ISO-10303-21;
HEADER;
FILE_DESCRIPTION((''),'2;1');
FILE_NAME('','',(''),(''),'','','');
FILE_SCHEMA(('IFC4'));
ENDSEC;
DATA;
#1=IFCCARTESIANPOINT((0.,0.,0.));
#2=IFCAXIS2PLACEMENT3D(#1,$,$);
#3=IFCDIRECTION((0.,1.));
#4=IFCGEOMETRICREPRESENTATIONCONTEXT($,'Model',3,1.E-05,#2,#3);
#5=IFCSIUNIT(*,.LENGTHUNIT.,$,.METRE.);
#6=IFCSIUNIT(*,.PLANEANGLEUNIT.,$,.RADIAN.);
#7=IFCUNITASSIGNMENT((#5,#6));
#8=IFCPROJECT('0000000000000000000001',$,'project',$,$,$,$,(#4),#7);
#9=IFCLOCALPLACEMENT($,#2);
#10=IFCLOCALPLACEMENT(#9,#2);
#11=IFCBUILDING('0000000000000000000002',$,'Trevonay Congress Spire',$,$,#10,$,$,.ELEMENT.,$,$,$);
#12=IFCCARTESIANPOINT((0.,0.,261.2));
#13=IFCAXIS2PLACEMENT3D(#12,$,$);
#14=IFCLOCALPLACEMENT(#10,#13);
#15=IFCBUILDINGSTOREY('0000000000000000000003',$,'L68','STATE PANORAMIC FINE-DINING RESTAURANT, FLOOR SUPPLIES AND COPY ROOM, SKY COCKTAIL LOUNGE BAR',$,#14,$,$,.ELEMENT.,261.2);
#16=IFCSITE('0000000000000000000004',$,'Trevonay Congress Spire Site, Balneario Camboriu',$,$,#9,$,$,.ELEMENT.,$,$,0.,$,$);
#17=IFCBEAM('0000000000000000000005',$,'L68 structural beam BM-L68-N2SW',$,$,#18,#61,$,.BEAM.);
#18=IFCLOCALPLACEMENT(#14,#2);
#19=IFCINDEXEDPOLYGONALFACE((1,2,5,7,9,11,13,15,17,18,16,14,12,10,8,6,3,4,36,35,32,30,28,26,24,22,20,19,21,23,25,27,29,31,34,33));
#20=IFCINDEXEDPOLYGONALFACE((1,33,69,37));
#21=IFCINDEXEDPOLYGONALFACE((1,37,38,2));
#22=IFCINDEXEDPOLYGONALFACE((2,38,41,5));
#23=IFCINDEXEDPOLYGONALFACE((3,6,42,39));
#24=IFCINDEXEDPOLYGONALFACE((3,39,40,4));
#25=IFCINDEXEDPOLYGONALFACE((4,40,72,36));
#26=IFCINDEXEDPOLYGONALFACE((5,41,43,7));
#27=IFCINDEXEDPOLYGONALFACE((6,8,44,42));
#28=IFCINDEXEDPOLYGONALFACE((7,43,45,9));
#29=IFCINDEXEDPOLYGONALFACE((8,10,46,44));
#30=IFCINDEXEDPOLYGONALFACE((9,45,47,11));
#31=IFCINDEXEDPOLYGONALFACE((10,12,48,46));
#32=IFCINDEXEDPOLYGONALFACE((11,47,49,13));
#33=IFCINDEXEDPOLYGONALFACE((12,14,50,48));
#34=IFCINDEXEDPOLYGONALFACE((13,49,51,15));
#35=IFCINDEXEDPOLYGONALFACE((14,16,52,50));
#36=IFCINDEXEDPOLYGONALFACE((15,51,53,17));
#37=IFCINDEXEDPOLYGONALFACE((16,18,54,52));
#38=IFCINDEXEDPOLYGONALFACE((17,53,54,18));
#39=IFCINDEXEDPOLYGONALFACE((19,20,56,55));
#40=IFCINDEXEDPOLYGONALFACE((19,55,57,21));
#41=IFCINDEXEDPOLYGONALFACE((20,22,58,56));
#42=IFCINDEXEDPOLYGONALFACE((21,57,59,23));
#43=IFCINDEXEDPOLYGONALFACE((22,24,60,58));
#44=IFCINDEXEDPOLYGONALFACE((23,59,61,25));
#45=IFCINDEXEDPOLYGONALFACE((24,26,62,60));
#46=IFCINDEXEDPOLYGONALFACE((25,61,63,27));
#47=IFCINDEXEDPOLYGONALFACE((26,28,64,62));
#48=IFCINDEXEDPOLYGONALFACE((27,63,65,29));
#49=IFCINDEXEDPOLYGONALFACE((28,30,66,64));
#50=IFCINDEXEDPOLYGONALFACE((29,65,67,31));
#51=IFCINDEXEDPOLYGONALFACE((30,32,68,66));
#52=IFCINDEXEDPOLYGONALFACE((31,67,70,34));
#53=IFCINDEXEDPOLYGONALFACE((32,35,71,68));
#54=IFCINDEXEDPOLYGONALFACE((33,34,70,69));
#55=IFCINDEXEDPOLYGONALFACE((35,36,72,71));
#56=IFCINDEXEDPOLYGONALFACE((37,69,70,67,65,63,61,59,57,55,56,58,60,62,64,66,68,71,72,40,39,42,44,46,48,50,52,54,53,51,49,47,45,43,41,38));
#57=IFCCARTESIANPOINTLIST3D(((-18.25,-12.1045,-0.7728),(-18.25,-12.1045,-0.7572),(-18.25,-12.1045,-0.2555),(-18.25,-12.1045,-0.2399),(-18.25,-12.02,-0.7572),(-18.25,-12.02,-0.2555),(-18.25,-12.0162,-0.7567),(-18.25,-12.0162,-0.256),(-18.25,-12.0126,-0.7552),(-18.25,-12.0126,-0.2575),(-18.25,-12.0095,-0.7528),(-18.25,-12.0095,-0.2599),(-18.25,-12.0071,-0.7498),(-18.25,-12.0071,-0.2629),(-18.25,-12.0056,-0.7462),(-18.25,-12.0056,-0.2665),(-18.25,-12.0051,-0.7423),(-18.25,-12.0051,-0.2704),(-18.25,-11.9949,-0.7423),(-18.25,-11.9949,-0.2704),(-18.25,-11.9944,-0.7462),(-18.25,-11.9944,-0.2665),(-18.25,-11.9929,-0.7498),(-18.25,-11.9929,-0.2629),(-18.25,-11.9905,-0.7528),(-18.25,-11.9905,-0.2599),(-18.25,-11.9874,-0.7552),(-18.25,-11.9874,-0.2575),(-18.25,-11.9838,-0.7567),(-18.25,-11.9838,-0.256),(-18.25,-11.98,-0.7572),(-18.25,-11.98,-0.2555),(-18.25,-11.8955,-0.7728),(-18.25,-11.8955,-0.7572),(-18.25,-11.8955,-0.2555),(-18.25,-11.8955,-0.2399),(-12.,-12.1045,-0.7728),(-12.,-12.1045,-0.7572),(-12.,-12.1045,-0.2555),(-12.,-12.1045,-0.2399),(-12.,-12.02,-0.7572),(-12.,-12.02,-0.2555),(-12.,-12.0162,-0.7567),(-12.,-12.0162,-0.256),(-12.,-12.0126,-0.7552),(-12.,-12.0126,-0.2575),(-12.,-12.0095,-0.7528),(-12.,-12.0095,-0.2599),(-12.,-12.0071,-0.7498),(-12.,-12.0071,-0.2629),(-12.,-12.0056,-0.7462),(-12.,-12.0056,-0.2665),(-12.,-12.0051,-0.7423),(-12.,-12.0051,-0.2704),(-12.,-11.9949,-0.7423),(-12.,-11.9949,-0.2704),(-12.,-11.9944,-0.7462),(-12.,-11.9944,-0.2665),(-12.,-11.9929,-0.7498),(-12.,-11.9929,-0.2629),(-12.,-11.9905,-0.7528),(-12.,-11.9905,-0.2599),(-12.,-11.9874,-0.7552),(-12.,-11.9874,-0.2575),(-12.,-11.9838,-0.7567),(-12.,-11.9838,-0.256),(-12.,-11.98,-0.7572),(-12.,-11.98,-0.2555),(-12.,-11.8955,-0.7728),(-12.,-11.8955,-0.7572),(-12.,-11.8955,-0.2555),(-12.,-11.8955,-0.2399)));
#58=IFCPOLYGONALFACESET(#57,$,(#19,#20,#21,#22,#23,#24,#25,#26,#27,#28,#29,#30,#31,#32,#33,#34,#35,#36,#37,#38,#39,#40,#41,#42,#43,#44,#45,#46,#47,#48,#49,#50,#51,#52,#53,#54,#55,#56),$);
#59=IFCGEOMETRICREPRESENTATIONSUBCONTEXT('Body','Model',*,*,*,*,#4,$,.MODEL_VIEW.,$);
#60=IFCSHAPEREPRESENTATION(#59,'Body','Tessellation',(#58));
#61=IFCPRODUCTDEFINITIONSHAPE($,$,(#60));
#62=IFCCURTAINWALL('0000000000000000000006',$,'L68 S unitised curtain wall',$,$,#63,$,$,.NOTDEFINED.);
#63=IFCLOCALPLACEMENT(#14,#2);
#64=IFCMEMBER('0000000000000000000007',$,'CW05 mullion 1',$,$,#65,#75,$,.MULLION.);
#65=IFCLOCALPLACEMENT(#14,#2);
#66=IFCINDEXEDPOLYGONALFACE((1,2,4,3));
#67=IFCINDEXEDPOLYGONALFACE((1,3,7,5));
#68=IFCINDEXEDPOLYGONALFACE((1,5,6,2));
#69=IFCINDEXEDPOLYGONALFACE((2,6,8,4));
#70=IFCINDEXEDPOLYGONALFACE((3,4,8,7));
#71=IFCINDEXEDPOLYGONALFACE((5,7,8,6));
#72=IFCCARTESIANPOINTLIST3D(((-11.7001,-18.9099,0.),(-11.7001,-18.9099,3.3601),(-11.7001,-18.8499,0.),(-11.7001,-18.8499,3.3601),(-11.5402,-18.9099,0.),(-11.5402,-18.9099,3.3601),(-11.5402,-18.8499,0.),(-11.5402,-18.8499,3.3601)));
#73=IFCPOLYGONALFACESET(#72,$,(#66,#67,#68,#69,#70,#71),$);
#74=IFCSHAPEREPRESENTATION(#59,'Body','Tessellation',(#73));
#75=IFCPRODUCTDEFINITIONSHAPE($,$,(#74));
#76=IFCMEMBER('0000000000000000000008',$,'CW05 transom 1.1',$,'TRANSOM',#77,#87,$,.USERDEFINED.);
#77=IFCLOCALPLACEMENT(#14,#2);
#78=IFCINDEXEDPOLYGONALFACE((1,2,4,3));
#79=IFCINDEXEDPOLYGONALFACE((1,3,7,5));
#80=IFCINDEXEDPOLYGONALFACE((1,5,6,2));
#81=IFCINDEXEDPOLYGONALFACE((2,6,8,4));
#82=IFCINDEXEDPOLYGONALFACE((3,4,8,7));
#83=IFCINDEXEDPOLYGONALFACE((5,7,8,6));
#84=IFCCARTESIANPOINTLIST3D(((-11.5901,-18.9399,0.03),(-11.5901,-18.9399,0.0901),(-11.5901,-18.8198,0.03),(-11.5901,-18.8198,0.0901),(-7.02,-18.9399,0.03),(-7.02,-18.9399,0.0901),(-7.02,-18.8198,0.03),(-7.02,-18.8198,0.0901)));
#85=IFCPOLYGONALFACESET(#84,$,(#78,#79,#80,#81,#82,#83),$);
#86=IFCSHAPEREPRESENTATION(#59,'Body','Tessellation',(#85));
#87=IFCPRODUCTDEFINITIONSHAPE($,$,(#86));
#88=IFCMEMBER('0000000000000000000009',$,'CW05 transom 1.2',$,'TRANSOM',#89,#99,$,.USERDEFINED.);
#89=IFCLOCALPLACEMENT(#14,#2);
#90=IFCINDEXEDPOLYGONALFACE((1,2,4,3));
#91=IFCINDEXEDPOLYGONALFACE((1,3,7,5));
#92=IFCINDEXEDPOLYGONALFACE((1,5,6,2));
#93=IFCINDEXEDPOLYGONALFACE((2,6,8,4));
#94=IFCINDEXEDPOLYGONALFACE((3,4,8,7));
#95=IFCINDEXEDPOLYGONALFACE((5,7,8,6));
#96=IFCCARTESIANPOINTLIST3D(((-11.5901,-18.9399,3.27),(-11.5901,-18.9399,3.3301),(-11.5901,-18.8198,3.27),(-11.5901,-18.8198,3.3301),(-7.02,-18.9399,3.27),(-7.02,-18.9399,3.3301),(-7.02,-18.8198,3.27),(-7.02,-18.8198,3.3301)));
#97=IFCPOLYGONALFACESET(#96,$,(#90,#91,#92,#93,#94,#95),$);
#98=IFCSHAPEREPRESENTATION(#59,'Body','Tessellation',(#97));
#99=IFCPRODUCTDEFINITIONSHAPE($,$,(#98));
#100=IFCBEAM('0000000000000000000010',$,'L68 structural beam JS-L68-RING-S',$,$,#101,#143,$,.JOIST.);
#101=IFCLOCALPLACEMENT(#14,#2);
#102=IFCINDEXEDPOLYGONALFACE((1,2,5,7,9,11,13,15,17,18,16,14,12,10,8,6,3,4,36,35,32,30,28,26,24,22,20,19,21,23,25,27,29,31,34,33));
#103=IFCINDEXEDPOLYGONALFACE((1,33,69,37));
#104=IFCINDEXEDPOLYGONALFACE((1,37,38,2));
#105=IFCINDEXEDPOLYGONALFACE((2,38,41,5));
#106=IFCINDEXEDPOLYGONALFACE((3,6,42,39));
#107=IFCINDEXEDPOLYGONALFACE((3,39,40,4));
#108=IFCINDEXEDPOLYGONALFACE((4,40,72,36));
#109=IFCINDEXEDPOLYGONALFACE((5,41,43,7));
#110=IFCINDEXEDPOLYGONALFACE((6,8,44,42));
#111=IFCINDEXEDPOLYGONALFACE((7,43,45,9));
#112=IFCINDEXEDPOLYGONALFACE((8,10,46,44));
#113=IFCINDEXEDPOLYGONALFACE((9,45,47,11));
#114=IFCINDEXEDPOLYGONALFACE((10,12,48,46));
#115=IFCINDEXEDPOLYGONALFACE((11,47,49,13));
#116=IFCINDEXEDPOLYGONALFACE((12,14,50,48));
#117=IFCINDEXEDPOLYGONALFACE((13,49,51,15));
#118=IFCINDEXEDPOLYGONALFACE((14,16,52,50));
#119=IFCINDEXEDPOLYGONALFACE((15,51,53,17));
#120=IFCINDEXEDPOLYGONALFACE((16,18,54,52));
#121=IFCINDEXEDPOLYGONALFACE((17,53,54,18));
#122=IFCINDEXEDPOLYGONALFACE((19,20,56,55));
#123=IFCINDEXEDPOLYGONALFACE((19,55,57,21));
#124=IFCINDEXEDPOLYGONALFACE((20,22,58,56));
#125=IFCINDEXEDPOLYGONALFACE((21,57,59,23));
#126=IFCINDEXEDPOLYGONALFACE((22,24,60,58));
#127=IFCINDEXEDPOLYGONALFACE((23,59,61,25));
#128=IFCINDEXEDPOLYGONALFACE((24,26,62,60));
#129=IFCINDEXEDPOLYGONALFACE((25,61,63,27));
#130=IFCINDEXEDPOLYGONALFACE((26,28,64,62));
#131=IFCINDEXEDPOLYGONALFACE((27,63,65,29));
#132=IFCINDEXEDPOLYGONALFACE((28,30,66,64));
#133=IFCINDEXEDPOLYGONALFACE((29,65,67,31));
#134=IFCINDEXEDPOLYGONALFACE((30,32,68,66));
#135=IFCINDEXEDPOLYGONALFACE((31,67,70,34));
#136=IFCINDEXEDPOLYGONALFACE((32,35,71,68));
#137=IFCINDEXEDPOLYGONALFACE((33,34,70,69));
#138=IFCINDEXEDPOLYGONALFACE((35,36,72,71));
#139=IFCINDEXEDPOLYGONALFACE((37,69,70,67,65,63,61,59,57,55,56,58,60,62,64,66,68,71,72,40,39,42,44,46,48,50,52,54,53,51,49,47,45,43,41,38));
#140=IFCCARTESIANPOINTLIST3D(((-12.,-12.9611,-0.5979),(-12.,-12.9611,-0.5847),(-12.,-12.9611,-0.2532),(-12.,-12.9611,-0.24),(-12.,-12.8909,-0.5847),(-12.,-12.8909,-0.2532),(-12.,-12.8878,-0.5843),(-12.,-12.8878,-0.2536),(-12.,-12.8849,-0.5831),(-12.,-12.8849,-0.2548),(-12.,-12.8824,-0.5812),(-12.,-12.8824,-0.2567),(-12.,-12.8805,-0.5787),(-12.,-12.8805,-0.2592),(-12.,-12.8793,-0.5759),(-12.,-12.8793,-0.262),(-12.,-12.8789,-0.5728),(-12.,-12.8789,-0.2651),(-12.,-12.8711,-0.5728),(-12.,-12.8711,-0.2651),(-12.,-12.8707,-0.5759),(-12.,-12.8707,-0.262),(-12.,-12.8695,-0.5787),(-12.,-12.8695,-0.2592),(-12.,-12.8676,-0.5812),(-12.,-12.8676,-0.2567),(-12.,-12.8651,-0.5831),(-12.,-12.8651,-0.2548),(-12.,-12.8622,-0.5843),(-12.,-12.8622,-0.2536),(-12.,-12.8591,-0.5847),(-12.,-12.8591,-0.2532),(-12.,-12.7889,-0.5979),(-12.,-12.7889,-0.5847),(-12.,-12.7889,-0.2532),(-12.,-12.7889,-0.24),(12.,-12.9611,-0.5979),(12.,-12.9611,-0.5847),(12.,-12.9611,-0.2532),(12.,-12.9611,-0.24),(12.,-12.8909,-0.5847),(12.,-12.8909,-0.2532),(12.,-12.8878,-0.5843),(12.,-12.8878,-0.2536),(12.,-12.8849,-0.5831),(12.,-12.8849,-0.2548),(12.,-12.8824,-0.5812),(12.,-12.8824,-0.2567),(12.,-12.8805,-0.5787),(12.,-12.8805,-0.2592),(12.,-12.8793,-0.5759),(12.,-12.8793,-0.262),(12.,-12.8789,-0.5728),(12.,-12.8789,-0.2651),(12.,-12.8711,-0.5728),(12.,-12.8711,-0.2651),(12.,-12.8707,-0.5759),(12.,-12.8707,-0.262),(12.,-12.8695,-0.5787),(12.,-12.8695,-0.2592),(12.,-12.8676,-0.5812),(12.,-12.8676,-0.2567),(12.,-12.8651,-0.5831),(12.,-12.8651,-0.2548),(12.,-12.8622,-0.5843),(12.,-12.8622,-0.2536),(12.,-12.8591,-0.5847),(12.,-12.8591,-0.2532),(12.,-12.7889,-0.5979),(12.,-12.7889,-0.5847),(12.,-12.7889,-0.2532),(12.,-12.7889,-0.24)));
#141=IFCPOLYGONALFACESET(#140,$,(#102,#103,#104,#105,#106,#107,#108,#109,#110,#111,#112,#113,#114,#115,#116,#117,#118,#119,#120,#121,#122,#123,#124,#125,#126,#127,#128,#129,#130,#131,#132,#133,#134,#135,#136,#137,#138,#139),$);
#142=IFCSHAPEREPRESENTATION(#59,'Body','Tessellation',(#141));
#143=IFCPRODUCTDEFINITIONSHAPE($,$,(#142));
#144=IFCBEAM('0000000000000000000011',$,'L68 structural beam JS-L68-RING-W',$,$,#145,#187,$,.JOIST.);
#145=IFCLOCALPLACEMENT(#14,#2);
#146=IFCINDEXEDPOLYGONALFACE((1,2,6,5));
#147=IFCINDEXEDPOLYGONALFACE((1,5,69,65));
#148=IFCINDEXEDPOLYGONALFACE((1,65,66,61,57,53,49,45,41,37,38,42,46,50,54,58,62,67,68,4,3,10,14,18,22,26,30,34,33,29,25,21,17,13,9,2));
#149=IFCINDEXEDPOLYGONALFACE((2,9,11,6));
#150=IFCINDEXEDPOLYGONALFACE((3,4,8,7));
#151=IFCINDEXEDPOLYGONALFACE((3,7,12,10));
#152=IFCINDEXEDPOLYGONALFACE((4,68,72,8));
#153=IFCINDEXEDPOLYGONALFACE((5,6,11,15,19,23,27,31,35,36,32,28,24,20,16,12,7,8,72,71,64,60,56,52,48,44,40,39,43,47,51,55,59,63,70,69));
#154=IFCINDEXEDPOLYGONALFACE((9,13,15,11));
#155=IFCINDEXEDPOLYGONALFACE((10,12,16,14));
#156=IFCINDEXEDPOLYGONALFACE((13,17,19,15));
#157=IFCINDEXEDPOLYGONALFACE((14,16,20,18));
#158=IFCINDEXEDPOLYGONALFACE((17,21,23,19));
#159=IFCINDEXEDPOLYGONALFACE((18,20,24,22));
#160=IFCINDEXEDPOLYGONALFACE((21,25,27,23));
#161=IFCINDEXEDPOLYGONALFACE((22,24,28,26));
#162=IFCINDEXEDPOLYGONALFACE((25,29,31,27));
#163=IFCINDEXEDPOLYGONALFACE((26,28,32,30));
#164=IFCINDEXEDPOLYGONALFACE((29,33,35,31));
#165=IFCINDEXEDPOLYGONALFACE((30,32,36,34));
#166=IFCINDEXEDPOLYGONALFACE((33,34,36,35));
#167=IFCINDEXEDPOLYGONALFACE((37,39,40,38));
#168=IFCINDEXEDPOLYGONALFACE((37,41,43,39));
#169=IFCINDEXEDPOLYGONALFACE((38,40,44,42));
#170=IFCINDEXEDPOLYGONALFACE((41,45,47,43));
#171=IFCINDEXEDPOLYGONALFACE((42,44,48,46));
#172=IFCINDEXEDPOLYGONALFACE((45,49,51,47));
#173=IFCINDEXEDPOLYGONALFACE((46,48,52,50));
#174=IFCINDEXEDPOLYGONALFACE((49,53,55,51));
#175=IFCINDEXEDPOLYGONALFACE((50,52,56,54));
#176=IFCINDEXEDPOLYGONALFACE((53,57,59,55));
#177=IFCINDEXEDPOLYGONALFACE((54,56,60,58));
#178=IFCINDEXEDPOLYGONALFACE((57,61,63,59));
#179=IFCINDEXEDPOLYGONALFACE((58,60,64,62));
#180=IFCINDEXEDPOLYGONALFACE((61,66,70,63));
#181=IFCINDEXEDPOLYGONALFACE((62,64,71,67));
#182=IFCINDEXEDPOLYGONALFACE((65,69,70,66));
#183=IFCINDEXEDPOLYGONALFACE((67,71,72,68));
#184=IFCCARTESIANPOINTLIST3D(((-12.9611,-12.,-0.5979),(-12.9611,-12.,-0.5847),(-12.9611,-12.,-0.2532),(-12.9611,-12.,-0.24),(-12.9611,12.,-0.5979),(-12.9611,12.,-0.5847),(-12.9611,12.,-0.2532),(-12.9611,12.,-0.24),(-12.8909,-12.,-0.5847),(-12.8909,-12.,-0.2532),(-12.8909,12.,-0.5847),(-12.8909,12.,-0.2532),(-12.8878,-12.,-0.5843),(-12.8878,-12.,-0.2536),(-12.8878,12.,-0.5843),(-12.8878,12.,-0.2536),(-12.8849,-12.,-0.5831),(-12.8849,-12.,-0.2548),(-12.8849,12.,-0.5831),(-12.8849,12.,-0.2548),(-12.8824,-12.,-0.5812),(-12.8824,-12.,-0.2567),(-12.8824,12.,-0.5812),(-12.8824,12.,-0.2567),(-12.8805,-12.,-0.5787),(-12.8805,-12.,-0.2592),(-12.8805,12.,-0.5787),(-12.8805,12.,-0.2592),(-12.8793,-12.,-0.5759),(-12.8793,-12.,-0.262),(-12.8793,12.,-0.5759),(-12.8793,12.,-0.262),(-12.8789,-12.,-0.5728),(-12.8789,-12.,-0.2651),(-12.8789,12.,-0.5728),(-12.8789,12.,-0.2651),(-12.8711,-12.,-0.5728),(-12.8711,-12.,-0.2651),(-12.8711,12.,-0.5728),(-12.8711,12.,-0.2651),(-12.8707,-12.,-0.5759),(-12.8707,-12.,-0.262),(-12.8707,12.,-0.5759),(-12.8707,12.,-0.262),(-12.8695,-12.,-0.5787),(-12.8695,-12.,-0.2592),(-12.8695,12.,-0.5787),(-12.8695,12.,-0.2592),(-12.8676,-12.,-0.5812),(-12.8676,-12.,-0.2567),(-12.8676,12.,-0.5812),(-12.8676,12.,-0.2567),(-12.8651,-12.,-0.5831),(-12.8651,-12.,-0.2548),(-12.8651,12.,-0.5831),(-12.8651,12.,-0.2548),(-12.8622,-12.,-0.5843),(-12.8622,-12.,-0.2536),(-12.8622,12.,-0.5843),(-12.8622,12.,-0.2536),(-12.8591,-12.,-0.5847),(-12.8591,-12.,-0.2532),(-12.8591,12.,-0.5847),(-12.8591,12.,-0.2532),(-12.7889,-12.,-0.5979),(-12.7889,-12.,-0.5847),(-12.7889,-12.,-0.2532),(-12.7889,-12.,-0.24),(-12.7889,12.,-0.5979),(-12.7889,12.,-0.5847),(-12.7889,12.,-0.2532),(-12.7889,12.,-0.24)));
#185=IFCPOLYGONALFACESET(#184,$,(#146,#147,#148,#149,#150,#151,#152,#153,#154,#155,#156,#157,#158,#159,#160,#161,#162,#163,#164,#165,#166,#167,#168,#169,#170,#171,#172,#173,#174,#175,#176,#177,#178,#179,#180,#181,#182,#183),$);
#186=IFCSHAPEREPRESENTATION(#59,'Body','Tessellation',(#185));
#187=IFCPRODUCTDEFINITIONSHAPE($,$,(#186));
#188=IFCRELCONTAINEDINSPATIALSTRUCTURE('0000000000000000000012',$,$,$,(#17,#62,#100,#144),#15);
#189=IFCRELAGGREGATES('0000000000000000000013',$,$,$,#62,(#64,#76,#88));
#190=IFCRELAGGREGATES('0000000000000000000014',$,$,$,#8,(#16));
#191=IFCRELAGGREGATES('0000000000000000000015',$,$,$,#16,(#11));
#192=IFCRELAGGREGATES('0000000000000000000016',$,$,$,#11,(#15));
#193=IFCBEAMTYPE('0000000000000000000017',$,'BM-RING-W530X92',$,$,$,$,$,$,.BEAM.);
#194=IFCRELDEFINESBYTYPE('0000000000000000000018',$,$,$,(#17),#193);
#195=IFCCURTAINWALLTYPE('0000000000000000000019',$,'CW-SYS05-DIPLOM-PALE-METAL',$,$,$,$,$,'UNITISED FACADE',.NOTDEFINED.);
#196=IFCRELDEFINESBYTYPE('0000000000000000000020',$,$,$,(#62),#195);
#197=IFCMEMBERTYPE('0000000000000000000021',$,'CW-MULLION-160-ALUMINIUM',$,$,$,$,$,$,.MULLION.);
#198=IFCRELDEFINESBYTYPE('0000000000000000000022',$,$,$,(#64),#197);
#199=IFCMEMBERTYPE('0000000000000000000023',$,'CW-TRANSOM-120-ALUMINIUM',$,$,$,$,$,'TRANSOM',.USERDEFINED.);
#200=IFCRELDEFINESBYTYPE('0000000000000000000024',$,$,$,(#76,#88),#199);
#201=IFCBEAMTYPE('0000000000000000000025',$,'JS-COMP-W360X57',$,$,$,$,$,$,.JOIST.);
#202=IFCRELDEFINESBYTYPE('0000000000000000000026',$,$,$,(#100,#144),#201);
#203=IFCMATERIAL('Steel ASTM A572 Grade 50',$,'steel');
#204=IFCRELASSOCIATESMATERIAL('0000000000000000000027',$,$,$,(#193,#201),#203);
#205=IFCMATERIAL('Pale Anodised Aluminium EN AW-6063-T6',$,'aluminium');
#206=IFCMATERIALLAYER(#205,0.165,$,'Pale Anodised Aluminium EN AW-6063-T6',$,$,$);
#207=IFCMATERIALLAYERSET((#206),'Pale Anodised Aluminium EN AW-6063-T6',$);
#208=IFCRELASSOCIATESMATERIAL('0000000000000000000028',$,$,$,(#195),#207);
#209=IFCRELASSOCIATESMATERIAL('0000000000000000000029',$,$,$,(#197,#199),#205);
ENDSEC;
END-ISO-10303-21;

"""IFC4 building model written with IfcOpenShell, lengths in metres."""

from ifc_helpers import new_model, si_unit, direction, frame, origin, origin_2d, place, context, subcontext, project, spatial, rectangle, i_section, extrude, material, layer, layer_set, material_profile, profile_set, type_object, element, aggregate, save


model = new_model("IFC4")

# Units and contexts
model_context = context("Model", 3, precision=1e-05, world=origin(), true_north=direction((0.0, 1.0)))
body_context = subcontext(model_context, "Body", "Model", "MODEL_VIEW")
ifc_project = project(units=[si_unit("LENGTHUNIT", "METRE"), si_unit("PLANEANGLEUNIT", "RADIAN")], contexts=[model_context])

# Site, building, storey
site_placement = place(None, origin())
site = spatial("IfcSite", under=ifc_project, at=site_placement, Name="Trevonay Congress Spire Site, Balneario Camboriu", CompositionType="ELEMENT", RefElevation=0.0)
building_placement = place(site_placement, origin())
building = spatial("IfcBuilding", under=site, at=building_placement, Name="Trevonay Congress Spire", CompositionType="ELEMENT")
storey_placement = place(building_placement, frame((0.0, 0.0, 261.2)))
storey = spatial("IfcBuildingStorey", under=building, at=storey_placement, Name="L68", Description="STATE PANORAMIC FINE-DINING RESTAURANT, FLOOR SUPPLIES AND COPY ROOM, SKY COCKTAIL LOUNGE BAR", CompositionType="ELEMENT", Elevation=261.2)

# Shared definitions
ifc_material_1 = material(Name="Steel ASTM A572 Grade 50", Category="steel")

# Beam
ifc_material_profile_1 = material_profile(ifc_material_1, i_section(OverallWidth=0.209, OverallDepth=0.533, WebThickness=0.0103, FlangeThickness=0.0156, FilletRadius=0.0149, at=origin_2d()), Name="W530x92")
ifc_profile_set_1 = profile_set([ifc_material_profile_1], Name="Steel ASTM A572 Grade 50")
beam_type_1 = type_object("IfcBeamType", Name="BM-RING-W530X92", PredefinedType="BEAM", material=ifc_profile_set_1)
for number, where, z_axis, x_axis, name in (
    (1, (-18.25, -12.0, -0.5063), (1.0, 0.0, 0.0), (0.0, 1.0, 0.0), "L68 structural beam BM-L68-N2SW"),
):
    element("IfcBeam", number, at=place(storey_placement, frame(where, z_axis=z_axis, x_axis=x_axis)), inside=storey, type_object=beam_type_1, Name=name, PredefinedType="BEAM", context=body_context, shape_type="SweptSolid", body=[
        extrude(i_section(OverallWidth=0.209, OverallDepth=0.533, WebThickness=0.0103, FlangeThickness=0.0156, FilletRadius=0.0149, at=origin_2d()), origin(), (0.0, 0.0, 1.0), 6.25),
    ])

# Curtain wall, members
ifc_material_2 = material(Name="Pale Anodised Aluminium EN AW-6063-T6", Category="aluminium")
ifc_layer_1 = layer(ifc_material_2, 0.165, Name="Pale Anodised Aluminium EN AW-6063-T6")
ifc_layer_set_1 = layer_set([ifc_layer_1], Name="Pale Anodised Aluminium EN AW-6063-T6")
curtain_wall_type = type_object("IfcCurtainWallType", Name="CW-SYS05-DIPLOM-PALE-METAL", ElementType="UNITISED FACADE", PredefinedType="NOTDEFINED", material=ifc_layer_set_1)
curtain_wall_placement = place(storey_placement, origin())
curtain_wall = element("IfcCurtainWall", 2, at=curtain_wall_placement, inside=storey, type_object=curtain_wall_type, Name="L68 S unitised curtain wall", PredefinedType="NOTDEFINED")
ifc_material_profile_2 = material_profile(ifc_material_2, rectangle(XDim=0.0601, YDim=0.1599, at=origin_2d()), Name="CW-MULLION-160-ALUMINIUM")
ifc_profile_set_2 = profile_set([ifc_material_profile_2], Name="Pale Anodised Aluminium EN AW-6063-T6")
member_type_1 = type_object("IfcMemberType", Name="CW-MULLION-160-ALUMINIUM", PredefinedType="MULLION", material=ifc_profile_set_2)
member_1_placement = place(storey_placement, frame((-11.6201, -18.8799, 0.0), z_axis=(0.0, 0.0, 1.0), x_axis=(0.0, 1.0, 0.0)))
member_1 = element("IfcMember", 3, at=member_1_placement, type_object=member_type_1, Name="CW05 mullion 1", PredefinedType="MULLION", context=body_context, shape_type="SweptSolid", body=[
    extrude(rectangle(XDim=0.0601, YDim=0.1599, at=origin_2d()), origin(), (0.0, 0.0, 1.0), 3.3601),
])
ifc_material_profile_3 = material_profile(ifc_material_2, rectangle(XDim=0.1201, YDim=0.0601, at=origin_2d()), Name="CW-TRANSOM-120-ALUMINIUM")
ifc_profile_set_3 = profile_set([ifc_material_profile_3], Name="Pale Anodised Aluminium EN AW-6063-T6")
member_type_2 = type_object("IfcMemberType", Name="CW-TRANSOM-120-ALUMINIUM", ElementType="TRANSOM", PredefinedType="USERDEFINED", material=ifc_profile_set_3)
member_2_placement = place(storey_placement, frame((-11.5901, -18.8799, 0.0601), z_axis=(1.0, 0.0, 0.0), x_axis=(0.0, 1.0, 0.0)))
member_2 = element("IfcMember", 4, at=member_2_placement, type_object=member_type_2, Name="CW05 transom 1.1", ObjectType="TRANSOM", PredefinedType="USERDEFINED", context=body_context, shape_type="SweptSolid", body=[
    extrude(rectangle(XDim=0.1201, YDim=0.0601, at=origin_2d()), origin(), (0.0, 0.0, 1.0), 4.5701),
])
member_3_placement = place(storey_placement, frame((-11.5901, -18.8799, 3.3), z_axis=(1.0, 0.0, 0.0), x_axis=(0.0, 1.0, 0.0)))
member_3 = element("IfcMember", 5, at=member_3_placement, type_object=member_type_2, Name="CW05 transom 1.2", ObjectType="TRANSOM", PredefinedType="USERDEFINED", context=body_context, shape_type="SweptSolid", body=[
    extrude(rectangle(XDim=0.1201, YDim=0.0601, at=origin_2d()), origin(), (0.0, 0.0, 1.0), 4.5701),
])
aggregate(curtain_wall, [member_1, member_2, member_3])

# Beams
ifc_material_profile_4 = material_profile(ifc_material_1, i_section(OverallWidth=0.1721, OverallDepth=0.3579, WebThickness=0.0078, FlangeThickness=0.0132, FilletRadius=0.012, at=origin_2d()), Name="W360x57.8")
ifc_profile_set_4 = profile_set([ifc_material_profile_4], Name="Steel ASTM A572 Grade 50")
beam_type_2 = type_object("IfcBeamType", Name="JS-COMP-W360X57", PredefinedType="JOIST", material=ifc_profile_set_4)
for number, where, z_axis, x_axis, name in (
    (6, (-12.0, -12.875, -0.4189), (1.0, 0.0, 0.0), (0.0, 1.0, 0.0), "L68 structural beam JS-L68-RING-S"),
    (7, (-12.875, -12.0, -0.4189), (0.0, 1.0, 0.0), (-1.0, 0.0, 0.0), "L68 structural beam JS-L68-RING-W"),
):
    element("IfcBeam", number, at=place(storey_placement, frame(where, z_axis=z_axis, x_axis=x_axis)), inside=storey, type_object=beam_type_2, Name=name, PredefinedType="JOIST", context=body_context, shape_type="SweptSolid", body=[
        extrude(i_section(OverallWidth=0.1721, OverallDepth=0.3579, WebThickness=0.0078, FlangeThickness=0.0132, FilletRadius=0.012, at=origin_2d()), origin(), (0.0, 0.0, 1.0), 24.0),
    ])

save(model, "model.ifc")
